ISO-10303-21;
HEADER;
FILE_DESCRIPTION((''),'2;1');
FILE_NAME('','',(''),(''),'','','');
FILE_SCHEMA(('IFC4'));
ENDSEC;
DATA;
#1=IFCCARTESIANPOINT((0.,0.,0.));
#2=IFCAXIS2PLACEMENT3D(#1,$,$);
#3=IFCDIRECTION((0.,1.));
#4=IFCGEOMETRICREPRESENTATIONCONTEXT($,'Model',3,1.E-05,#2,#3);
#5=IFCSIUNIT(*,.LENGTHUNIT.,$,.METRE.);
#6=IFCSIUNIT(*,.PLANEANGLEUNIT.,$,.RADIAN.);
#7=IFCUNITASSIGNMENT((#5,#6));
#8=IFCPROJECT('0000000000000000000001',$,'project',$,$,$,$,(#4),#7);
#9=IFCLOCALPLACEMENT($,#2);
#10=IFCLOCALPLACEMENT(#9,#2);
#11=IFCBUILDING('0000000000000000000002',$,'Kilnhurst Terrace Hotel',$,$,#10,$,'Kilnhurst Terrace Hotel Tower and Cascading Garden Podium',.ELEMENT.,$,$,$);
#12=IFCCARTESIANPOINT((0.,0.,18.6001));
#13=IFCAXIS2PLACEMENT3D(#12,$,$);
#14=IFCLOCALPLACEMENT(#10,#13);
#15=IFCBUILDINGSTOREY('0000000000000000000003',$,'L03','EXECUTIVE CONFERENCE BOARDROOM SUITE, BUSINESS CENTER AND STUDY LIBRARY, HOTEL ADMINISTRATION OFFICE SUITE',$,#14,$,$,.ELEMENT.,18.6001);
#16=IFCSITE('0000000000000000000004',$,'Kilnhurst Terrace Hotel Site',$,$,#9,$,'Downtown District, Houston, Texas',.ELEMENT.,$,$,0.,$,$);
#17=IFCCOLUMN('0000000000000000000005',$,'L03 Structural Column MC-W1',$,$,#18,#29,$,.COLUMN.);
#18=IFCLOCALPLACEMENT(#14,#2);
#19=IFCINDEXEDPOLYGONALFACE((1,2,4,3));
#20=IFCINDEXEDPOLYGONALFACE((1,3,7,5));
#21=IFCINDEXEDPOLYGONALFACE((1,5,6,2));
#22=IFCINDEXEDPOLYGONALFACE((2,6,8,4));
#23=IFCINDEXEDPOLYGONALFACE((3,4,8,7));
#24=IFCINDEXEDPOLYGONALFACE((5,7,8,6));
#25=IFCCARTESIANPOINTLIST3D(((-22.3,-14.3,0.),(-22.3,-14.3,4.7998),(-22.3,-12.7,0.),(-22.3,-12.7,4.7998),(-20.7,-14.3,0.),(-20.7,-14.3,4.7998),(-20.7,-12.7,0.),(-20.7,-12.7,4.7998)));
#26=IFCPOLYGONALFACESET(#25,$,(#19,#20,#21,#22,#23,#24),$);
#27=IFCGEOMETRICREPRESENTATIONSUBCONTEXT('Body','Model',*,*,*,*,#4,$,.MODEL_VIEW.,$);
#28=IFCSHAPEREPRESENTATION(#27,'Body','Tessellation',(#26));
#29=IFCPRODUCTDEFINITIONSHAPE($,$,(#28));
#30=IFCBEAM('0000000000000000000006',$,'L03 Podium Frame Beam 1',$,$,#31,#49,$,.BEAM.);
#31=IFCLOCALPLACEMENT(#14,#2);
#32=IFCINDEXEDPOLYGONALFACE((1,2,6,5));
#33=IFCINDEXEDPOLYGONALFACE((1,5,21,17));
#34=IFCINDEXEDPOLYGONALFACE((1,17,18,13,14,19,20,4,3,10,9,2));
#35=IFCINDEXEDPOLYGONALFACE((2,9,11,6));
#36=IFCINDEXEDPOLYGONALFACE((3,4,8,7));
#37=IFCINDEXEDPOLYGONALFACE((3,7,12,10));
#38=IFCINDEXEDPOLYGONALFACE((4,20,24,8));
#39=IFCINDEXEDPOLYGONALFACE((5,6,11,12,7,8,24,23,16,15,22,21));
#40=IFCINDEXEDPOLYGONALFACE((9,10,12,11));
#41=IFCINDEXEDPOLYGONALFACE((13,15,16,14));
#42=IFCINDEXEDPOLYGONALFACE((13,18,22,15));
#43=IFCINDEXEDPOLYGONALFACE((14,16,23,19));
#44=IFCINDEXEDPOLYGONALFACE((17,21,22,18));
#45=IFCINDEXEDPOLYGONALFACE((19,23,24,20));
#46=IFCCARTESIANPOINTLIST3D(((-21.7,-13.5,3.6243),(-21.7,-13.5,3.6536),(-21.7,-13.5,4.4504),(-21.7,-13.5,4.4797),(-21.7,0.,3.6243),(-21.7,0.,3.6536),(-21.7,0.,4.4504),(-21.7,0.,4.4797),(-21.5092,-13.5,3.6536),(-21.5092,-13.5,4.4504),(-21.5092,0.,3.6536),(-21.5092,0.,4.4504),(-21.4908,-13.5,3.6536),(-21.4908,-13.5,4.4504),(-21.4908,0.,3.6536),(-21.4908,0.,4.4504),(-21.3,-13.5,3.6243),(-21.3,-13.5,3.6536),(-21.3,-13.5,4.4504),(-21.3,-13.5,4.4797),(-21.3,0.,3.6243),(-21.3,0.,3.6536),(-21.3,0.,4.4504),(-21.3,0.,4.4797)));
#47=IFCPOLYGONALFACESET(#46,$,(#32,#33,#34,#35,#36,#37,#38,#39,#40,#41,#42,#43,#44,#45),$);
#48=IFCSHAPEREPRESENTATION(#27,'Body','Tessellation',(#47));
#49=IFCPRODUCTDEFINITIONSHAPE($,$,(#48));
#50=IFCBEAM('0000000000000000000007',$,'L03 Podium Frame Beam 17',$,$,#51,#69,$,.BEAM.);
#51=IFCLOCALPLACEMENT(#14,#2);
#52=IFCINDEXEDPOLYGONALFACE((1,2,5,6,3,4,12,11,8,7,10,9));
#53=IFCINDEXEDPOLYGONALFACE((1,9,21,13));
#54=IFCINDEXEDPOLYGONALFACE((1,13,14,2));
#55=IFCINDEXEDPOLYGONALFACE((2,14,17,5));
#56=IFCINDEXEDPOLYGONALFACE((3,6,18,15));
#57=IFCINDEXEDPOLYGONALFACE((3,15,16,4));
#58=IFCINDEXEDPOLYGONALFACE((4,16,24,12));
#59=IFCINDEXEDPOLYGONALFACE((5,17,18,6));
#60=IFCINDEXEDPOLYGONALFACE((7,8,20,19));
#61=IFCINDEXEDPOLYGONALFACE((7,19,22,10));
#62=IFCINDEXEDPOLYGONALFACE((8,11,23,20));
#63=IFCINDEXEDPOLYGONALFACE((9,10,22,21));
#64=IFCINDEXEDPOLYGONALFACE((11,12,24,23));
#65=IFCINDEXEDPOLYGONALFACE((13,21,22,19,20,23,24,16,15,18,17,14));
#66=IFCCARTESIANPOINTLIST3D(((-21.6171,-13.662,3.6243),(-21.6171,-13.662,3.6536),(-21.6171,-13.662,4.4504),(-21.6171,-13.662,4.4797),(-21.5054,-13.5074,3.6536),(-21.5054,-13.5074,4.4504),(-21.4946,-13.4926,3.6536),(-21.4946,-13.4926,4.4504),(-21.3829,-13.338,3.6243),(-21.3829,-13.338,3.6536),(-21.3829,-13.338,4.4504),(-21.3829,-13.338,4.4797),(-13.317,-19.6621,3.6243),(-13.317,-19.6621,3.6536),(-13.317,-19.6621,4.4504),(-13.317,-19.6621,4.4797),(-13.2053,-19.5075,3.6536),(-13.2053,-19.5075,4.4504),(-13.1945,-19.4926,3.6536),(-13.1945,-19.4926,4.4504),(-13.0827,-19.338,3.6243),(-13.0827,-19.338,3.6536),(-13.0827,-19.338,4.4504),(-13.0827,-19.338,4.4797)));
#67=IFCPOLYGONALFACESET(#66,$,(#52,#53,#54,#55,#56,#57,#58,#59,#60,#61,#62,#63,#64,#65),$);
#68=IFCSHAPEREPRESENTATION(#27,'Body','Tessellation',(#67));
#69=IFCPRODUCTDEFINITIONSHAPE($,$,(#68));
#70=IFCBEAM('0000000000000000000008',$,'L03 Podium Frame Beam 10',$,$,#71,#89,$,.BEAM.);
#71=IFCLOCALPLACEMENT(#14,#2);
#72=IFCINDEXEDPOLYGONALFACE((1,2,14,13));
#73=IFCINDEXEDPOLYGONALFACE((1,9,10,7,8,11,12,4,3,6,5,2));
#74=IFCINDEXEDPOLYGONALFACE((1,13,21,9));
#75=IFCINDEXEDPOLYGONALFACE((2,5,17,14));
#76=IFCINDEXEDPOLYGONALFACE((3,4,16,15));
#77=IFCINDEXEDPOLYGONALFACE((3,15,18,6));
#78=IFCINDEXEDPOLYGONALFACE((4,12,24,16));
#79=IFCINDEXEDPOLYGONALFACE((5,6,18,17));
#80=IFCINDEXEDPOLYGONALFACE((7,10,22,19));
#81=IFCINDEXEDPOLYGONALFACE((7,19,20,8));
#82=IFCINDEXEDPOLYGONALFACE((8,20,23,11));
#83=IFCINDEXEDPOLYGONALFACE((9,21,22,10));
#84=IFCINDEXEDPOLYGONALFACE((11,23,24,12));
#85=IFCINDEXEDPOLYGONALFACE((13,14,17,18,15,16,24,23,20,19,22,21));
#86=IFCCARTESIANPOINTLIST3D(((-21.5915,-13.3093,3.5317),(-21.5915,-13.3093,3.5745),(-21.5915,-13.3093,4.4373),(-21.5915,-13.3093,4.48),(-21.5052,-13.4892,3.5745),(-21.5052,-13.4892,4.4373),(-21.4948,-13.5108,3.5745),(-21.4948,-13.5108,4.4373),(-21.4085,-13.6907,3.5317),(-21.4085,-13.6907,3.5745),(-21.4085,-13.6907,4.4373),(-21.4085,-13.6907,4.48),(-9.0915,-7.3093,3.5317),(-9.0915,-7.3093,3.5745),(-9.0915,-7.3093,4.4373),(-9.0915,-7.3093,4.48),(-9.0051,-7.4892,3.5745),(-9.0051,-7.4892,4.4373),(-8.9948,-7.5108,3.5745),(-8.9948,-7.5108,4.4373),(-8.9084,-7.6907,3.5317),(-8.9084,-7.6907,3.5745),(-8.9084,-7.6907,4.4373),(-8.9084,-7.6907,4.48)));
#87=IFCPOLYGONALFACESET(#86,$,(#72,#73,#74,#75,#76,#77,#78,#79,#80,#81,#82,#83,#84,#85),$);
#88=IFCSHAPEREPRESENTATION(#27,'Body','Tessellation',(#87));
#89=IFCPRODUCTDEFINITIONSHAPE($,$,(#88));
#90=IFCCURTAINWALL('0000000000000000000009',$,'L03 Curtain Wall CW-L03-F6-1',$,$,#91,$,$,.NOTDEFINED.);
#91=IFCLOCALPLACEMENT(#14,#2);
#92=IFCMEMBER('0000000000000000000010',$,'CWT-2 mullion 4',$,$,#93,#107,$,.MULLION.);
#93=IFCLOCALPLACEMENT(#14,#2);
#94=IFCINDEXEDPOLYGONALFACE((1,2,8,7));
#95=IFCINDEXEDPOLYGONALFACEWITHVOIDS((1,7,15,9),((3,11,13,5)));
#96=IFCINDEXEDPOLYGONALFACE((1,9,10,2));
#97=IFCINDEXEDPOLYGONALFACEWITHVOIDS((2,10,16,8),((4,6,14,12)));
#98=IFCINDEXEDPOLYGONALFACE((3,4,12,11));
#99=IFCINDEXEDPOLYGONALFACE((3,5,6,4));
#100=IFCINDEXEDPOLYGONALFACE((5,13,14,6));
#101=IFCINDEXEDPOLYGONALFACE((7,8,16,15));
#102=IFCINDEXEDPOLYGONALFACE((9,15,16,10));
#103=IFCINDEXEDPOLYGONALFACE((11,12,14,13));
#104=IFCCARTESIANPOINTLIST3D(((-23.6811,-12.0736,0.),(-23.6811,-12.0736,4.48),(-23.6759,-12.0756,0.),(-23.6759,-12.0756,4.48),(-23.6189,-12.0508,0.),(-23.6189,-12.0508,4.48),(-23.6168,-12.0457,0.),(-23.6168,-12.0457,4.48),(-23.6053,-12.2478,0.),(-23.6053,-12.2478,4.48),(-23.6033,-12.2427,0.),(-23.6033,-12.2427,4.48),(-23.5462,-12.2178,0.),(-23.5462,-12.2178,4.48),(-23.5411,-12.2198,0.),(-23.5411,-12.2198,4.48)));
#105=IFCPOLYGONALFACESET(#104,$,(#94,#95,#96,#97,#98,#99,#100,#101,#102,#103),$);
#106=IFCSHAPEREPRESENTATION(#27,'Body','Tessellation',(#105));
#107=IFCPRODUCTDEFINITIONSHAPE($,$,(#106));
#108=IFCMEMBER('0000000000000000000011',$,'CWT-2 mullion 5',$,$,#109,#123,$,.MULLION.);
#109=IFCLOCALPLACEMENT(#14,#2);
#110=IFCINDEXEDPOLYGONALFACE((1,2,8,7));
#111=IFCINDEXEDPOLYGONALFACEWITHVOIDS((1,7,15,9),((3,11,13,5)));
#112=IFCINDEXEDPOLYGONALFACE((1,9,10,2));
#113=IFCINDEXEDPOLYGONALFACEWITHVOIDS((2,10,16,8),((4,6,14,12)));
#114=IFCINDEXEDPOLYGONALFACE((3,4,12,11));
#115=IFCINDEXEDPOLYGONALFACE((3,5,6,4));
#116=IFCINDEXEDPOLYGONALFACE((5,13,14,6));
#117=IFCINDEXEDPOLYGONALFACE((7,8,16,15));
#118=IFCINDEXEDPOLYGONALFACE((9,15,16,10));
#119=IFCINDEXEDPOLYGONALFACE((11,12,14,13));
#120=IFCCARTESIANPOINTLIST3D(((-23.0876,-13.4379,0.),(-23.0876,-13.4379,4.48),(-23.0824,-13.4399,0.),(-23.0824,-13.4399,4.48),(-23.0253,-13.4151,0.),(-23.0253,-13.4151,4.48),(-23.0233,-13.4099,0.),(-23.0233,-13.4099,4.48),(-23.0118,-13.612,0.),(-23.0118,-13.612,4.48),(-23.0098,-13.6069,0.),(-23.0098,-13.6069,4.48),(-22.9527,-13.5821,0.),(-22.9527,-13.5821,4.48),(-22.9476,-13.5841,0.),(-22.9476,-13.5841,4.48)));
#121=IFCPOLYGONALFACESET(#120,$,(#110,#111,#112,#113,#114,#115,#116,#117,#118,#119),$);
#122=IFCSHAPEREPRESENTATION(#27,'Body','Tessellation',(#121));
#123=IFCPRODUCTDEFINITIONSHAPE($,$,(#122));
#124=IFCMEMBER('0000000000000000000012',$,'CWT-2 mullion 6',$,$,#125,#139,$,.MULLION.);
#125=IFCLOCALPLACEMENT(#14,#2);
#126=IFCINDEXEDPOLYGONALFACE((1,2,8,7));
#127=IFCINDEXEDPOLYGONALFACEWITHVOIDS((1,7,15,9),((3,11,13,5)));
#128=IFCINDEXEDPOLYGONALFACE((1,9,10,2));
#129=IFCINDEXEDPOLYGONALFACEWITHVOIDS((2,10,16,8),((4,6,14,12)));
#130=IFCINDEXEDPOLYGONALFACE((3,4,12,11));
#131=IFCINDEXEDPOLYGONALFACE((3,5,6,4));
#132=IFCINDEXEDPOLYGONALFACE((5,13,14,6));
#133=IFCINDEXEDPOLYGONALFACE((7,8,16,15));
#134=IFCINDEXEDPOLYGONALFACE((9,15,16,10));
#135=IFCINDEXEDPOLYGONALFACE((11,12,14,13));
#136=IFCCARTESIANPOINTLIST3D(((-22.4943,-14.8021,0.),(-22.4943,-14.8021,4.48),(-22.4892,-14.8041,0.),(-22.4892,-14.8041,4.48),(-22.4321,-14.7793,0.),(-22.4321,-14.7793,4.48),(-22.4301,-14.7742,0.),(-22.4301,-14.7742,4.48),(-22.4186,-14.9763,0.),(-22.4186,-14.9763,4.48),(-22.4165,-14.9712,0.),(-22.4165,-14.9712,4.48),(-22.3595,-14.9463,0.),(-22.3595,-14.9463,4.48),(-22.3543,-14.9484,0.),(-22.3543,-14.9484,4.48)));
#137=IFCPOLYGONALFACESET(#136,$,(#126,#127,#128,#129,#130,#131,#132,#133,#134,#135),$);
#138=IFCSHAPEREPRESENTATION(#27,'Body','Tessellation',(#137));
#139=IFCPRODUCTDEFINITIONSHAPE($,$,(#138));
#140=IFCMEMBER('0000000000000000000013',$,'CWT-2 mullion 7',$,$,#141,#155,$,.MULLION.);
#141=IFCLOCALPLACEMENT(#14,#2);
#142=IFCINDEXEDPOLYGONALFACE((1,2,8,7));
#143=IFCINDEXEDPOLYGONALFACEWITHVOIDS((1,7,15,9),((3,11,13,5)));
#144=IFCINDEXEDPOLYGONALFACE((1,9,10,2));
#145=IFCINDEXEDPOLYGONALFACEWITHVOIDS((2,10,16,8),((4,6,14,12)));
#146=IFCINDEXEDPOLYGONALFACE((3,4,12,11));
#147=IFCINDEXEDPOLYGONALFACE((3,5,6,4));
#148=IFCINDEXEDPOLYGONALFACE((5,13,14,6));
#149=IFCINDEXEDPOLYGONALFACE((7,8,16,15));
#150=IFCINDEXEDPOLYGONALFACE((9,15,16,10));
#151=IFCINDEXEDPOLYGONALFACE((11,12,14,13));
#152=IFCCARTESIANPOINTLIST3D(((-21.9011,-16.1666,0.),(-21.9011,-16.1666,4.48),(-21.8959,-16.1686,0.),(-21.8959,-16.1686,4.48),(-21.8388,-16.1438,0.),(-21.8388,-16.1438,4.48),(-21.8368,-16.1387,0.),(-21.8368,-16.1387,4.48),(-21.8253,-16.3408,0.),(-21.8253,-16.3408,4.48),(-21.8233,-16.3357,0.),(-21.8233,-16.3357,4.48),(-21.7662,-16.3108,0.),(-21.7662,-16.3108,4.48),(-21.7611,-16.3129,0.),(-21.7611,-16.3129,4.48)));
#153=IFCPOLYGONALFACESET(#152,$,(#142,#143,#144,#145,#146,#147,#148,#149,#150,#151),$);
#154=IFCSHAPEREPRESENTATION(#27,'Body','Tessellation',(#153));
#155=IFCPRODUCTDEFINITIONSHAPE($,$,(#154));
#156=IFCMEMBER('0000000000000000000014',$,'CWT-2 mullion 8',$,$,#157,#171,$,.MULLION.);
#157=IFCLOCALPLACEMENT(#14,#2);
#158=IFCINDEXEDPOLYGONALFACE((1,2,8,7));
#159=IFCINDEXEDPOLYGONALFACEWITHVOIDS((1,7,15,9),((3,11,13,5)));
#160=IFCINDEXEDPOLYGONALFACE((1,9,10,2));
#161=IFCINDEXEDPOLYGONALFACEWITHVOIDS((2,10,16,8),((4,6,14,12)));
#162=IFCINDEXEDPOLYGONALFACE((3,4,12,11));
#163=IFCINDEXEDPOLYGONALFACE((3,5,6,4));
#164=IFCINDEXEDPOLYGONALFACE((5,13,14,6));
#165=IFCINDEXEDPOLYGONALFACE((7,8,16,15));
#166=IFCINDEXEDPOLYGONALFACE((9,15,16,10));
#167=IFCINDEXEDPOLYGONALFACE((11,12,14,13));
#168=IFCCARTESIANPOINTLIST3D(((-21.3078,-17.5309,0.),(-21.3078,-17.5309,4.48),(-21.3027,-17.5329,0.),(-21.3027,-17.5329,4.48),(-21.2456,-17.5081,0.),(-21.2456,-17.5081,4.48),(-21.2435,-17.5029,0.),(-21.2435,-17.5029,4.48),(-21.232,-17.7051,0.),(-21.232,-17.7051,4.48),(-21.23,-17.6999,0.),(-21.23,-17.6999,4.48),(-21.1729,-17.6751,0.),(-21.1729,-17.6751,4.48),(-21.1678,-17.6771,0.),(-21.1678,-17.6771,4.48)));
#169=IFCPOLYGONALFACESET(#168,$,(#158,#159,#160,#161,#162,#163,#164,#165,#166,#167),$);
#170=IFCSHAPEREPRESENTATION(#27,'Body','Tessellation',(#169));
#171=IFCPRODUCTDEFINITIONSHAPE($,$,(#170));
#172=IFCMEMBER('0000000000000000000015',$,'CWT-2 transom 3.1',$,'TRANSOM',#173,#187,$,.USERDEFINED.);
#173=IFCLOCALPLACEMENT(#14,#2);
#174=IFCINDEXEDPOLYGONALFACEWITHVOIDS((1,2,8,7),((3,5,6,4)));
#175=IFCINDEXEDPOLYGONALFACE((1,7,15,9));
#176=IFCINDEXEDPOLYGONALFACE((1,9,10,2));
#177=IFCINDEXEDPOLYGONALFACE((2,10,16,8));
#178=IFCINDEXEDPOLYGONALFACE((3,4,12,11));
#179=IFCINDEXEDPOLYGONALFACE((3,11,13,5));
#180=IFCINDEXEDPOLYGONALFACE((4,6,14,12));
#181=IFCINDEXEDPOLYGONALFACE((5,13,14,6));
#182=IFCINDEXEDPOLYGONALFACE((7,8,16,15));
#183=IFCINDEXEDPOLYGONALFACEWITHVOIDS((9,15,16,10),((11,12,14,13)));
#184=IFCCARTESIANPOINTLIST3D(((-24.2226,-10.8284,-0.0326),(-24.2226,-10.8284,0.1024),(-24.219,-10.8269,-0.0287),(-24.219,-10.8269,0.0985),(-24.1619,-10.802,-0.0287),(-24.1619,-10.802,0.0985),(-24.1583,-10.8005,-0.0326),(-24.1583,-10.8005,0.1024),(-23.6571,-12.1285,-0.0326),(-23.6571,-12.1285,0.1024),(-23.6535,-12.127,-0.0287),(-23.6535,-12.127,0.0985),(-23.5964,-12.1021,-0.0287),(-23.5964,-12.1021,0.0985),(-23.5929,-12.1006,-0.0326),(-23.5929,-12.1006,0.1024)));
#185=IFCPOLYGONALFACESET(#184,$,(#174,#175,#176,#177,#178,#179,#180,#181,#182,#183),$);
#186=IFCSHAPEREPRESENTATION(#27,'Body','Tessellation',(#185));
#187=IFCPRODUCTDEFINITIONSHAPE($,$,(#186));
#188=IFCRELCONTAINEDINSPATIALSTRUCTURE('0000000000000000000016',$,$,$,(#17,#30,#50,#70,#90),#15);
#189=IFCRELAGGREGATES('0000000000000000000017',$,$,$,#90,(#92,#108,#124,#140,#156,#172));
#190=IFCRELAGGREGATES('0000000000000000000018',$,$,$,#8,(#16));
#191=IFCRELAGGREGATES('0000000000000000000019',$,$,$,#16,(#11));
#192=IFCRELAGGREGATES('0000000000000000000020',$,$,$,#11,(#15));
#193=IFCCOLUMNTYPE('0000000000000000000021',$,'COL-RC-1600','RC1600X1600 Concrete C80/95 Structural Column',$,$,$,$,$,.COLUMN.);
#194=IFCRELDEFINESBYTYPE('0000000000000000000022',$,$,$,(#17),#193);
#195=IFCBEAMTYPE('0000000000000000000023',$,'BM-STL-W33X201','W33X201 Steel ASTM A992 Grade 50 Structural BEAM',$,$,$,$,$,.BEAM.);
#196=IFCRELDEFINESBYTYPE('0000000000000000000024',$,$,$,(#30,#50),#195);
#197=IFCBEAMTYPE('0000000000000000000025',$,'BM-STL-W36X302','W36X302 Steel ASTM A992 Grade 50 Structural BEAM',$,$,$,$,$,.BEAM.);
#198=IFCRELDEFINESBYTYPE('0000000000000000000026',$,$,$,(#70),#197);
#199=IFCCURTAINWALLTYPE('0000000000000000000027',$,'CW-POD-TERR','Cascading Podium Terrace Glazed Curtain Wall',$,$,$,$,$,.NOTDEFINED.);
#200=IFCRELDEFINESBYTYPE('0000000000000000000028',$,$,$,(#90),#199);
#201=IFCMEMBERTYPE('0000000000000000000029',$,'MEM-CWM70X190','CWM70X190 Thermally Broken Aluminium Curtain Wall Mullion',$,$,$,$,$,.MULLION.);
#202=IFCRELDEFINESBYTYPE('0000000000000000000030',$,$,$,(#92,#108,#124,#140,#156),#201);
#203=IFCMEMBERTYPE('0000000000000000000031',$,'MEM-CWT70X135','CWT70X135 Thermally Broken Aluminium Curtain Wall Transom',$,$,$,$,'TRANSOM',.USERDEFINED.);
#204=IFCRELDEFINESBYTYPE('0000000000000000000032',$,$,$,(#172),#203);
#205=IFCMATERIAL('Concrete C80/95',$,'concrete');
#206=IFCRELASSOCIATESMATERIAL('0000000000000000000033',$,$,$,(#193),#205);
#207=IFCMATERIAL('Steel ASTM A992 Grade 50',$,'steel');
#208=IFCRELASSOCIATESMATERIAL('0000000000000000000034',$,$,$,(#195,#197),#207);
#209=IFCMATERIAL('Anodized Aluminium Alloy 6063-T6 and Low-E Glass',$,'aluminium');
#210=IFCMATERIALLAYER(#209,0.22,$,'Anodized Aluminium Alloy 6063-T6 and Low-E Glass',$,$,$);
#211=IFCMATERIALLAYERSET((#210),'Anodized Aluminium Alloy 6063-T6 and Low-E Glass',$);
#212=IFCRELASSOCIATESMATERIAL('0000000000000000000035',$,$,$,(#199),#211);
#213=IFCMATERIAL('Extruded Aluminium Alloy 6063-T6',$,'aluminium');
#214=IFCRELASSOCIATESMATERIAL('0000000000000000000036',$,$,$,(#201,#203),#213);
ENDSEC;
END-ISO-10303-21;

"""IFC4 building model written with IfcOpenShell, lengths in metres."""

from ifc_helpers import new_model, si_unit, direction, frame, origin, origin_2d, place, context, subcontext, project, spatial, rectangle, hollow_rectangle, i_section, extrude, material, layer, layer_set, material_profile, profile_set, type_object, element, aggregate, save


model = new_model("IFC4")

# Units and contexts
model_context = context("Model", 3, precision=1e-05, world=origin(), true_north=direction((0.0, 1.0)))
body_context = subcontext(model_context, "Body", "Model", "MODEL_VIEW")
ifc_project = project(units=[si_unit("LENGTHUNIT", "METRE"), si_unit("PLANEANGLEUNIT", "RADIAN")], contexts=[model_context])

# Site, building, storey
site_placement = place(None, origin())
site = spatial("IfcSite", under=ifc_project, at=site_placement, Name="Kilnhurst Terrace Hotel Site", LongName="Downtown District, Houston, Texas", CompositionType="ELEMENT", RefElevation=0.0)
building_placement = place(site_placement, origin())
building = spatial("IfcBuilding", under=site, at=building_placement, Name="Kilnhurst Terrace Hotel", LongName="Kilnhurst Terrace Hotel Tower and Cascading Garden Podium", CompositionType="ELEMENT")
storey_placement = place(building_placement, frame((0.0, 0.0, 18.6001)))
storey = spatial("IfcBuildingStorey", under=building, at=storey_placement, Name="L03", Description="EXECUTIVE CONFERENCE BOARDROOM SUITE, BUSINESS CENTER AND STUDY LIBRARY, HOTEL ADMINISTRATION OFFICE SUITE", CompositionType="ELEMENT", Elevation=18.6001)

# Column
ifc_material_1 = material(Name="Concrete C80/95", Category="concrete")
ifc_material_profile_1 = material_profile(ifc_material_1, rectangle(XDim=1.6001, YDim=1.6001, at=origin_2d()), Name="RC1600X1600")
ifc_profile_set_1 = profile_set([ifc_material_profile_1], Name="Concrete C80/95")
column_type = type_object("IfcColumnType", Name="COL-RC-1600", Description="RC1600X1600 Concrete C80/95 Structural Column", PredefinedType="COLUMN", material=ifc_profile_set_1)
column_placement = place(storey_placement, frame((-21.5, -13.5, 0.0), z_axis=(0.0, 0.0, 1.0), x_axis=(1.0, 0.0, 0.0)))
element("IfcColumn", 1, at=column_placement, inside=storey, type_object=column_type, Name="L03 Structural Column MC-W1", PredefinedType="COLUMN", context=body_context, shape_type="SweptSolid", body=[
    extrude(rectangle(XDim=1.6001, YDim=1.6001, at=origin_2d()), origin(), (0.0, 0.0, 1.0), 4.7998),
])

# Beams
ifc_material_2 = material(Name="Steel ASTM A992 Grade 50", Category="steel")
ifc_material_profile_2 = material_profile(ifc_material_2, i_section(OverallWidth=0.3999, OverallDepth=0.8555, WebThickness=0.0183, FlangeThickness=0.0293, at=origin_2d()), Name="W33X201")
ifc_profile_set_2 = profile_set([ifc_material_profile_2], Name="Steel ASTM A992 Grade 50")
beam_type_1 = type_object("IfcBeamType", Name="BM-STL-W33X201", Description="W33X201 Steel ASTM A992 Grade 50 Structural BEAM", PredefinedType="BEAM", material=ifc_profile_set_2)
beam_1_placement = place(storey_placement, frame((-21.5, -13.5, 4.052), z_axis=(0.0, 1.0, 0.0), x_axis=(-1.0, 0.0, 0.0)))
element("IfcBeam", 2, at=beam_1_placement, inside=storey, type_object=beam_type_1, Name="L03 Podium Frame Beam 1", PredefinedType="BEAM", context=body_context, shape_type="SweptSolid", body=[
    extrude(i_section(OverallWidth=0.3999, OverallDepth=0.8555, WebThickness=0.0183, FlangeThickness=0.0293, at=origin_2d()), origin(), (0.0, 0.0, 1.0), 13.5),
])
beam_2_placement = place(storey_placement, frame((-21.5, -13.5, 4.052), z_axis=(0.810423, -0.585845, 0.0), x_axis=(0.585845, 0.810423, 0.0)))
element("IfcBeam", 3, at=beam_2_placement, inside=storey, type_object=beam_type_1, Name="L03 Podium Frame Beam 17", PredefinedType="BEAM", context=body_context, shape_type="SweptSolid", body=[
    extrude(i_section(OverallWidth=0.3999, OverallDepth=0.8555, WebThickness=0.0183, FlangeThickness=0.0293, at=origin_2d()), origin(), (0.0, 0.0, 1.0), 10.2417),
])
ifc_material_profile_3 = material_profile(ifc_material_2, i_section(OverallWidth=0.4231, OverallDepth=0.9482, WebThickness=0.0239, FlangeThickness=0.0427, at=origin_2d()), Name="W36X302")
ifc_profile_set_3 = profile_set([ifc_material_profile_3], Name="Steel ASTM A992 Grade 50")
beam_type_2 = type_object("IfcBeamType", Name="BM-STL-W36X302", Description="W36X302 Steel ASTM A992 Grade 50 Structural BEAM", PredefinedType="BEAM", material=ifc_profile_set_3)
beam_3_placement = place(storey_placement, frame((-21.5, -13.5, 4.0059), z_axis=(0.901523, 0.432731, 0.0), x_axis=(-0.432731, 0.901523, 0.0)))
element("IfcBeam", 4, at=beam_3_placement, inside=storey, type_object=beam_type_2, Name="L03 Podium Frame Beam 10", PredefinedType="BEAM", context=body_context, shape_type="SweptSolid", body=[
    extrude(i_section(OverallWidth=0.4231, OverallDepth=0.9482, WebThickness=0.0239, FlangeThickness=0.0427, at=origin_2d()), origin(), (0.0, 0.0, 1.0), 13.8655),
])

# Curtain wall, members
ifc_material_3 = material(Name="Anodized Aluminium Alloy 6063-T6 and Low-E Glass", Category="aluminium")
ifc_layer_1 = layer(ifc_material_3, 0.22, Name="Anodized Aluminium Alloy 6063-T6 and Low-E Glass")
ifc_layer_set_1 = layer_set([ifc_layer_1], Name="Anodized Aluminium Alloy 6063-T6 and Low-E Glass")
curtain_wall_type = type_object("IfcCurtainWallType", Name="CW-POD-TERR", Description="Cascading Podium Terrace Glazed Curtain Wall", PredefinedType="NOTDEFINED", material=ifc_layer_set_1)
curtain_wall_placement = place(storey_placement, origin())
curtain_wall = element("IfcCurtainWall", 5, at=curtain_wall_placement, inside=storey, type_object=curtain_wall_type, Name="L03 Curtain Wall CW-L03-F6-1", PredefinedType="NOTDEFINED")
ifc_material_4 = material(Name="Extruded Aluminium Alloy 6063-T6", Category="aluminium")
ifc_material_profile_4 = material_profile(ifc_material_4, hollow_rectangle(XDim=0.0701, YDim=0.1899, WallThickness=0.0039, at=origin_2d()), Name="CWM70X190")
ifc_profile_set_4 = profile_set([ifc_material_profile_4], Name="Extruded Aluminium Alloy 6063-T6")
member_type_1 = type_object("IfcMemberType", Name="MEM-CWM70X190", Description="CWM70X190 Thermally Broken Aluminium Curtain Wall Mullion", PredefinedType="MULLION", material=ifc_profile_set_4)
member_1_placement = place(storey_placement, frame((-23.6111, -12.1467, 0.0), z_axis=(0.0, 0.0, 1.0), x_axis=(0.917042, 0.398791, 0.0)))
member_1 = element("IfcMember", 6, at=member_1_placement, type_object=member_type_1, Name="CWT-2 mullion 4", PredefinedType="MULLION", context=body_context, shape_type="SweptSolid", body=[
    extrude(hollow_rectangle(XDim=0.0701, YDim=0.1899, WallThickness=0.0039, at=origin_2d()), origin(), (0.0, 0.0, 1.0), 4.48),
])
member_2_placement = place(storey_placement, frame((-23.0176, -13.511, 0.0), z_axis=(0.0, 0.0, 1.0), x_axis=(0.917042, 0.398791, 0.0)))
member_2 = element("IfcMember", 7, at=member_2_placement, type_object=member_type_1, Name="CWT-2 mullion 5", PredefinedType="MULLION", context=body_context, shape_type="SweptSolid", body=[
    extrude(hollow_rectangle(XDim=0.0701, YDim=0.1899, WallThickness=0.0039, at=origin_2d()), origin(), (0.0, 0.0, 1.0), 4.48),
])
member_3_placement = place(storey_placement, frame((-22.4243, -14.8752, 0.0), z_axis=(0.0, 0.0, 1.0), x_axis=(0.917042, 0.398791, 0.0)))
member_3 = element("IfcMember", 8, at=member_3_placement, type_object=member_type_1, Name="CWT-2 mullion 6", PredefinedType="MULLION", context=body_context, shape_type="SweptSolid", body=[
    extrude(hollow_rectangle(XDim=0.0701, YDim=0.1899, WallThickness=0.0039, at=origin_2d()), origin(), (0.0, 0.0, 1.0), 4.48),
])
member_4_placement = place(storey_placement, frame((-21.8311, -16.2397, 0.0), z_axis=(0.0, 0.0, 1.0), x_axis=(0.917042, 0.398791, 0.0)))
member_4 = element("IfcMember", 9, at=member_4_placement, type_object=member_type_1, Name="CWT-2 mullion 7", PredefinedType="MULLION", context=body_context, shape_type="SweptSolid", body=[
    extrude(hollow_rectangle(XDim=0.0701, YDim=0.1899, WallThickness=0.0039, at=origin_2d()), origin(), (0.0, 0.0, 1.0), 4.48),
])
member_5_placement = place(storey_placement, frame((-21.2378, -17.604, 0.0), z_axis=(0.0, 0.0, 1.0), x_axis=(0.917042, 0.398791, 0.0)))
member_5 = element("IfcMember", 10, at=member_5_placement, type_object=member_type_1, Name="CWT-2 mullion 8", PredefinedType="MULLION", context=body_context, shape_type="SweptSolid", body=[
    extrude(hollow_rectangle(XDim=0.0701, YDim=0.1899, WallThickness=0.0039, at=origin_2d()), origin(), (0.0, 0.0, 1.0), 4.48),
])
ifc_material_profile_5 = material_profile(ifc_material_4, hollow_rectangle(XDim=0.0701, YDim=0.135, WallThickness=0.0039, at=origin_2d()), Name="CWT70X135")
ifc_profile_set_5 = profile_set([ifc_material_profile_5], Name="Extruded Aluminium Alloy 6063-T6")
member_type_2 = type_object("IfcMemberType", Name="MEM-CWT70X135", Description="CWT70X135 Thermally Broken Aluminium Curtain Wall Transom", ElementType="TRANSOM", PredefinedType="USERDEFINED", material=ifc_profile_set_5)
member_6_placement = place(storey_placement, frame((-24.1904, -10.8145, 0.0349), z_axis=(0.398839, -0.917021, 0.0), x_axis=(0.917021, 0.398839, 0.0)))
member_6 = element("IfcMember", 11, at=member_6_placement, type_object=member_type_2, Name="CWT-2 transom 3.1", ObjectType="TRANSOM", PredefinedType="USERDEFINED", context=body_context, shape_type="SweptSolid", body=[
    extrude(hollow_rectangle(XDim=0.0701, YDim=0.135, WallThickness=0.0039, at=origin_2d()), origin(), (0.0, 0.0, 1.0), 1.4177),
])
aggregate(curtain_wall, [member_1, member_2, member_3, member_4, member_5, member_6])

save(model, "model.ifc")
